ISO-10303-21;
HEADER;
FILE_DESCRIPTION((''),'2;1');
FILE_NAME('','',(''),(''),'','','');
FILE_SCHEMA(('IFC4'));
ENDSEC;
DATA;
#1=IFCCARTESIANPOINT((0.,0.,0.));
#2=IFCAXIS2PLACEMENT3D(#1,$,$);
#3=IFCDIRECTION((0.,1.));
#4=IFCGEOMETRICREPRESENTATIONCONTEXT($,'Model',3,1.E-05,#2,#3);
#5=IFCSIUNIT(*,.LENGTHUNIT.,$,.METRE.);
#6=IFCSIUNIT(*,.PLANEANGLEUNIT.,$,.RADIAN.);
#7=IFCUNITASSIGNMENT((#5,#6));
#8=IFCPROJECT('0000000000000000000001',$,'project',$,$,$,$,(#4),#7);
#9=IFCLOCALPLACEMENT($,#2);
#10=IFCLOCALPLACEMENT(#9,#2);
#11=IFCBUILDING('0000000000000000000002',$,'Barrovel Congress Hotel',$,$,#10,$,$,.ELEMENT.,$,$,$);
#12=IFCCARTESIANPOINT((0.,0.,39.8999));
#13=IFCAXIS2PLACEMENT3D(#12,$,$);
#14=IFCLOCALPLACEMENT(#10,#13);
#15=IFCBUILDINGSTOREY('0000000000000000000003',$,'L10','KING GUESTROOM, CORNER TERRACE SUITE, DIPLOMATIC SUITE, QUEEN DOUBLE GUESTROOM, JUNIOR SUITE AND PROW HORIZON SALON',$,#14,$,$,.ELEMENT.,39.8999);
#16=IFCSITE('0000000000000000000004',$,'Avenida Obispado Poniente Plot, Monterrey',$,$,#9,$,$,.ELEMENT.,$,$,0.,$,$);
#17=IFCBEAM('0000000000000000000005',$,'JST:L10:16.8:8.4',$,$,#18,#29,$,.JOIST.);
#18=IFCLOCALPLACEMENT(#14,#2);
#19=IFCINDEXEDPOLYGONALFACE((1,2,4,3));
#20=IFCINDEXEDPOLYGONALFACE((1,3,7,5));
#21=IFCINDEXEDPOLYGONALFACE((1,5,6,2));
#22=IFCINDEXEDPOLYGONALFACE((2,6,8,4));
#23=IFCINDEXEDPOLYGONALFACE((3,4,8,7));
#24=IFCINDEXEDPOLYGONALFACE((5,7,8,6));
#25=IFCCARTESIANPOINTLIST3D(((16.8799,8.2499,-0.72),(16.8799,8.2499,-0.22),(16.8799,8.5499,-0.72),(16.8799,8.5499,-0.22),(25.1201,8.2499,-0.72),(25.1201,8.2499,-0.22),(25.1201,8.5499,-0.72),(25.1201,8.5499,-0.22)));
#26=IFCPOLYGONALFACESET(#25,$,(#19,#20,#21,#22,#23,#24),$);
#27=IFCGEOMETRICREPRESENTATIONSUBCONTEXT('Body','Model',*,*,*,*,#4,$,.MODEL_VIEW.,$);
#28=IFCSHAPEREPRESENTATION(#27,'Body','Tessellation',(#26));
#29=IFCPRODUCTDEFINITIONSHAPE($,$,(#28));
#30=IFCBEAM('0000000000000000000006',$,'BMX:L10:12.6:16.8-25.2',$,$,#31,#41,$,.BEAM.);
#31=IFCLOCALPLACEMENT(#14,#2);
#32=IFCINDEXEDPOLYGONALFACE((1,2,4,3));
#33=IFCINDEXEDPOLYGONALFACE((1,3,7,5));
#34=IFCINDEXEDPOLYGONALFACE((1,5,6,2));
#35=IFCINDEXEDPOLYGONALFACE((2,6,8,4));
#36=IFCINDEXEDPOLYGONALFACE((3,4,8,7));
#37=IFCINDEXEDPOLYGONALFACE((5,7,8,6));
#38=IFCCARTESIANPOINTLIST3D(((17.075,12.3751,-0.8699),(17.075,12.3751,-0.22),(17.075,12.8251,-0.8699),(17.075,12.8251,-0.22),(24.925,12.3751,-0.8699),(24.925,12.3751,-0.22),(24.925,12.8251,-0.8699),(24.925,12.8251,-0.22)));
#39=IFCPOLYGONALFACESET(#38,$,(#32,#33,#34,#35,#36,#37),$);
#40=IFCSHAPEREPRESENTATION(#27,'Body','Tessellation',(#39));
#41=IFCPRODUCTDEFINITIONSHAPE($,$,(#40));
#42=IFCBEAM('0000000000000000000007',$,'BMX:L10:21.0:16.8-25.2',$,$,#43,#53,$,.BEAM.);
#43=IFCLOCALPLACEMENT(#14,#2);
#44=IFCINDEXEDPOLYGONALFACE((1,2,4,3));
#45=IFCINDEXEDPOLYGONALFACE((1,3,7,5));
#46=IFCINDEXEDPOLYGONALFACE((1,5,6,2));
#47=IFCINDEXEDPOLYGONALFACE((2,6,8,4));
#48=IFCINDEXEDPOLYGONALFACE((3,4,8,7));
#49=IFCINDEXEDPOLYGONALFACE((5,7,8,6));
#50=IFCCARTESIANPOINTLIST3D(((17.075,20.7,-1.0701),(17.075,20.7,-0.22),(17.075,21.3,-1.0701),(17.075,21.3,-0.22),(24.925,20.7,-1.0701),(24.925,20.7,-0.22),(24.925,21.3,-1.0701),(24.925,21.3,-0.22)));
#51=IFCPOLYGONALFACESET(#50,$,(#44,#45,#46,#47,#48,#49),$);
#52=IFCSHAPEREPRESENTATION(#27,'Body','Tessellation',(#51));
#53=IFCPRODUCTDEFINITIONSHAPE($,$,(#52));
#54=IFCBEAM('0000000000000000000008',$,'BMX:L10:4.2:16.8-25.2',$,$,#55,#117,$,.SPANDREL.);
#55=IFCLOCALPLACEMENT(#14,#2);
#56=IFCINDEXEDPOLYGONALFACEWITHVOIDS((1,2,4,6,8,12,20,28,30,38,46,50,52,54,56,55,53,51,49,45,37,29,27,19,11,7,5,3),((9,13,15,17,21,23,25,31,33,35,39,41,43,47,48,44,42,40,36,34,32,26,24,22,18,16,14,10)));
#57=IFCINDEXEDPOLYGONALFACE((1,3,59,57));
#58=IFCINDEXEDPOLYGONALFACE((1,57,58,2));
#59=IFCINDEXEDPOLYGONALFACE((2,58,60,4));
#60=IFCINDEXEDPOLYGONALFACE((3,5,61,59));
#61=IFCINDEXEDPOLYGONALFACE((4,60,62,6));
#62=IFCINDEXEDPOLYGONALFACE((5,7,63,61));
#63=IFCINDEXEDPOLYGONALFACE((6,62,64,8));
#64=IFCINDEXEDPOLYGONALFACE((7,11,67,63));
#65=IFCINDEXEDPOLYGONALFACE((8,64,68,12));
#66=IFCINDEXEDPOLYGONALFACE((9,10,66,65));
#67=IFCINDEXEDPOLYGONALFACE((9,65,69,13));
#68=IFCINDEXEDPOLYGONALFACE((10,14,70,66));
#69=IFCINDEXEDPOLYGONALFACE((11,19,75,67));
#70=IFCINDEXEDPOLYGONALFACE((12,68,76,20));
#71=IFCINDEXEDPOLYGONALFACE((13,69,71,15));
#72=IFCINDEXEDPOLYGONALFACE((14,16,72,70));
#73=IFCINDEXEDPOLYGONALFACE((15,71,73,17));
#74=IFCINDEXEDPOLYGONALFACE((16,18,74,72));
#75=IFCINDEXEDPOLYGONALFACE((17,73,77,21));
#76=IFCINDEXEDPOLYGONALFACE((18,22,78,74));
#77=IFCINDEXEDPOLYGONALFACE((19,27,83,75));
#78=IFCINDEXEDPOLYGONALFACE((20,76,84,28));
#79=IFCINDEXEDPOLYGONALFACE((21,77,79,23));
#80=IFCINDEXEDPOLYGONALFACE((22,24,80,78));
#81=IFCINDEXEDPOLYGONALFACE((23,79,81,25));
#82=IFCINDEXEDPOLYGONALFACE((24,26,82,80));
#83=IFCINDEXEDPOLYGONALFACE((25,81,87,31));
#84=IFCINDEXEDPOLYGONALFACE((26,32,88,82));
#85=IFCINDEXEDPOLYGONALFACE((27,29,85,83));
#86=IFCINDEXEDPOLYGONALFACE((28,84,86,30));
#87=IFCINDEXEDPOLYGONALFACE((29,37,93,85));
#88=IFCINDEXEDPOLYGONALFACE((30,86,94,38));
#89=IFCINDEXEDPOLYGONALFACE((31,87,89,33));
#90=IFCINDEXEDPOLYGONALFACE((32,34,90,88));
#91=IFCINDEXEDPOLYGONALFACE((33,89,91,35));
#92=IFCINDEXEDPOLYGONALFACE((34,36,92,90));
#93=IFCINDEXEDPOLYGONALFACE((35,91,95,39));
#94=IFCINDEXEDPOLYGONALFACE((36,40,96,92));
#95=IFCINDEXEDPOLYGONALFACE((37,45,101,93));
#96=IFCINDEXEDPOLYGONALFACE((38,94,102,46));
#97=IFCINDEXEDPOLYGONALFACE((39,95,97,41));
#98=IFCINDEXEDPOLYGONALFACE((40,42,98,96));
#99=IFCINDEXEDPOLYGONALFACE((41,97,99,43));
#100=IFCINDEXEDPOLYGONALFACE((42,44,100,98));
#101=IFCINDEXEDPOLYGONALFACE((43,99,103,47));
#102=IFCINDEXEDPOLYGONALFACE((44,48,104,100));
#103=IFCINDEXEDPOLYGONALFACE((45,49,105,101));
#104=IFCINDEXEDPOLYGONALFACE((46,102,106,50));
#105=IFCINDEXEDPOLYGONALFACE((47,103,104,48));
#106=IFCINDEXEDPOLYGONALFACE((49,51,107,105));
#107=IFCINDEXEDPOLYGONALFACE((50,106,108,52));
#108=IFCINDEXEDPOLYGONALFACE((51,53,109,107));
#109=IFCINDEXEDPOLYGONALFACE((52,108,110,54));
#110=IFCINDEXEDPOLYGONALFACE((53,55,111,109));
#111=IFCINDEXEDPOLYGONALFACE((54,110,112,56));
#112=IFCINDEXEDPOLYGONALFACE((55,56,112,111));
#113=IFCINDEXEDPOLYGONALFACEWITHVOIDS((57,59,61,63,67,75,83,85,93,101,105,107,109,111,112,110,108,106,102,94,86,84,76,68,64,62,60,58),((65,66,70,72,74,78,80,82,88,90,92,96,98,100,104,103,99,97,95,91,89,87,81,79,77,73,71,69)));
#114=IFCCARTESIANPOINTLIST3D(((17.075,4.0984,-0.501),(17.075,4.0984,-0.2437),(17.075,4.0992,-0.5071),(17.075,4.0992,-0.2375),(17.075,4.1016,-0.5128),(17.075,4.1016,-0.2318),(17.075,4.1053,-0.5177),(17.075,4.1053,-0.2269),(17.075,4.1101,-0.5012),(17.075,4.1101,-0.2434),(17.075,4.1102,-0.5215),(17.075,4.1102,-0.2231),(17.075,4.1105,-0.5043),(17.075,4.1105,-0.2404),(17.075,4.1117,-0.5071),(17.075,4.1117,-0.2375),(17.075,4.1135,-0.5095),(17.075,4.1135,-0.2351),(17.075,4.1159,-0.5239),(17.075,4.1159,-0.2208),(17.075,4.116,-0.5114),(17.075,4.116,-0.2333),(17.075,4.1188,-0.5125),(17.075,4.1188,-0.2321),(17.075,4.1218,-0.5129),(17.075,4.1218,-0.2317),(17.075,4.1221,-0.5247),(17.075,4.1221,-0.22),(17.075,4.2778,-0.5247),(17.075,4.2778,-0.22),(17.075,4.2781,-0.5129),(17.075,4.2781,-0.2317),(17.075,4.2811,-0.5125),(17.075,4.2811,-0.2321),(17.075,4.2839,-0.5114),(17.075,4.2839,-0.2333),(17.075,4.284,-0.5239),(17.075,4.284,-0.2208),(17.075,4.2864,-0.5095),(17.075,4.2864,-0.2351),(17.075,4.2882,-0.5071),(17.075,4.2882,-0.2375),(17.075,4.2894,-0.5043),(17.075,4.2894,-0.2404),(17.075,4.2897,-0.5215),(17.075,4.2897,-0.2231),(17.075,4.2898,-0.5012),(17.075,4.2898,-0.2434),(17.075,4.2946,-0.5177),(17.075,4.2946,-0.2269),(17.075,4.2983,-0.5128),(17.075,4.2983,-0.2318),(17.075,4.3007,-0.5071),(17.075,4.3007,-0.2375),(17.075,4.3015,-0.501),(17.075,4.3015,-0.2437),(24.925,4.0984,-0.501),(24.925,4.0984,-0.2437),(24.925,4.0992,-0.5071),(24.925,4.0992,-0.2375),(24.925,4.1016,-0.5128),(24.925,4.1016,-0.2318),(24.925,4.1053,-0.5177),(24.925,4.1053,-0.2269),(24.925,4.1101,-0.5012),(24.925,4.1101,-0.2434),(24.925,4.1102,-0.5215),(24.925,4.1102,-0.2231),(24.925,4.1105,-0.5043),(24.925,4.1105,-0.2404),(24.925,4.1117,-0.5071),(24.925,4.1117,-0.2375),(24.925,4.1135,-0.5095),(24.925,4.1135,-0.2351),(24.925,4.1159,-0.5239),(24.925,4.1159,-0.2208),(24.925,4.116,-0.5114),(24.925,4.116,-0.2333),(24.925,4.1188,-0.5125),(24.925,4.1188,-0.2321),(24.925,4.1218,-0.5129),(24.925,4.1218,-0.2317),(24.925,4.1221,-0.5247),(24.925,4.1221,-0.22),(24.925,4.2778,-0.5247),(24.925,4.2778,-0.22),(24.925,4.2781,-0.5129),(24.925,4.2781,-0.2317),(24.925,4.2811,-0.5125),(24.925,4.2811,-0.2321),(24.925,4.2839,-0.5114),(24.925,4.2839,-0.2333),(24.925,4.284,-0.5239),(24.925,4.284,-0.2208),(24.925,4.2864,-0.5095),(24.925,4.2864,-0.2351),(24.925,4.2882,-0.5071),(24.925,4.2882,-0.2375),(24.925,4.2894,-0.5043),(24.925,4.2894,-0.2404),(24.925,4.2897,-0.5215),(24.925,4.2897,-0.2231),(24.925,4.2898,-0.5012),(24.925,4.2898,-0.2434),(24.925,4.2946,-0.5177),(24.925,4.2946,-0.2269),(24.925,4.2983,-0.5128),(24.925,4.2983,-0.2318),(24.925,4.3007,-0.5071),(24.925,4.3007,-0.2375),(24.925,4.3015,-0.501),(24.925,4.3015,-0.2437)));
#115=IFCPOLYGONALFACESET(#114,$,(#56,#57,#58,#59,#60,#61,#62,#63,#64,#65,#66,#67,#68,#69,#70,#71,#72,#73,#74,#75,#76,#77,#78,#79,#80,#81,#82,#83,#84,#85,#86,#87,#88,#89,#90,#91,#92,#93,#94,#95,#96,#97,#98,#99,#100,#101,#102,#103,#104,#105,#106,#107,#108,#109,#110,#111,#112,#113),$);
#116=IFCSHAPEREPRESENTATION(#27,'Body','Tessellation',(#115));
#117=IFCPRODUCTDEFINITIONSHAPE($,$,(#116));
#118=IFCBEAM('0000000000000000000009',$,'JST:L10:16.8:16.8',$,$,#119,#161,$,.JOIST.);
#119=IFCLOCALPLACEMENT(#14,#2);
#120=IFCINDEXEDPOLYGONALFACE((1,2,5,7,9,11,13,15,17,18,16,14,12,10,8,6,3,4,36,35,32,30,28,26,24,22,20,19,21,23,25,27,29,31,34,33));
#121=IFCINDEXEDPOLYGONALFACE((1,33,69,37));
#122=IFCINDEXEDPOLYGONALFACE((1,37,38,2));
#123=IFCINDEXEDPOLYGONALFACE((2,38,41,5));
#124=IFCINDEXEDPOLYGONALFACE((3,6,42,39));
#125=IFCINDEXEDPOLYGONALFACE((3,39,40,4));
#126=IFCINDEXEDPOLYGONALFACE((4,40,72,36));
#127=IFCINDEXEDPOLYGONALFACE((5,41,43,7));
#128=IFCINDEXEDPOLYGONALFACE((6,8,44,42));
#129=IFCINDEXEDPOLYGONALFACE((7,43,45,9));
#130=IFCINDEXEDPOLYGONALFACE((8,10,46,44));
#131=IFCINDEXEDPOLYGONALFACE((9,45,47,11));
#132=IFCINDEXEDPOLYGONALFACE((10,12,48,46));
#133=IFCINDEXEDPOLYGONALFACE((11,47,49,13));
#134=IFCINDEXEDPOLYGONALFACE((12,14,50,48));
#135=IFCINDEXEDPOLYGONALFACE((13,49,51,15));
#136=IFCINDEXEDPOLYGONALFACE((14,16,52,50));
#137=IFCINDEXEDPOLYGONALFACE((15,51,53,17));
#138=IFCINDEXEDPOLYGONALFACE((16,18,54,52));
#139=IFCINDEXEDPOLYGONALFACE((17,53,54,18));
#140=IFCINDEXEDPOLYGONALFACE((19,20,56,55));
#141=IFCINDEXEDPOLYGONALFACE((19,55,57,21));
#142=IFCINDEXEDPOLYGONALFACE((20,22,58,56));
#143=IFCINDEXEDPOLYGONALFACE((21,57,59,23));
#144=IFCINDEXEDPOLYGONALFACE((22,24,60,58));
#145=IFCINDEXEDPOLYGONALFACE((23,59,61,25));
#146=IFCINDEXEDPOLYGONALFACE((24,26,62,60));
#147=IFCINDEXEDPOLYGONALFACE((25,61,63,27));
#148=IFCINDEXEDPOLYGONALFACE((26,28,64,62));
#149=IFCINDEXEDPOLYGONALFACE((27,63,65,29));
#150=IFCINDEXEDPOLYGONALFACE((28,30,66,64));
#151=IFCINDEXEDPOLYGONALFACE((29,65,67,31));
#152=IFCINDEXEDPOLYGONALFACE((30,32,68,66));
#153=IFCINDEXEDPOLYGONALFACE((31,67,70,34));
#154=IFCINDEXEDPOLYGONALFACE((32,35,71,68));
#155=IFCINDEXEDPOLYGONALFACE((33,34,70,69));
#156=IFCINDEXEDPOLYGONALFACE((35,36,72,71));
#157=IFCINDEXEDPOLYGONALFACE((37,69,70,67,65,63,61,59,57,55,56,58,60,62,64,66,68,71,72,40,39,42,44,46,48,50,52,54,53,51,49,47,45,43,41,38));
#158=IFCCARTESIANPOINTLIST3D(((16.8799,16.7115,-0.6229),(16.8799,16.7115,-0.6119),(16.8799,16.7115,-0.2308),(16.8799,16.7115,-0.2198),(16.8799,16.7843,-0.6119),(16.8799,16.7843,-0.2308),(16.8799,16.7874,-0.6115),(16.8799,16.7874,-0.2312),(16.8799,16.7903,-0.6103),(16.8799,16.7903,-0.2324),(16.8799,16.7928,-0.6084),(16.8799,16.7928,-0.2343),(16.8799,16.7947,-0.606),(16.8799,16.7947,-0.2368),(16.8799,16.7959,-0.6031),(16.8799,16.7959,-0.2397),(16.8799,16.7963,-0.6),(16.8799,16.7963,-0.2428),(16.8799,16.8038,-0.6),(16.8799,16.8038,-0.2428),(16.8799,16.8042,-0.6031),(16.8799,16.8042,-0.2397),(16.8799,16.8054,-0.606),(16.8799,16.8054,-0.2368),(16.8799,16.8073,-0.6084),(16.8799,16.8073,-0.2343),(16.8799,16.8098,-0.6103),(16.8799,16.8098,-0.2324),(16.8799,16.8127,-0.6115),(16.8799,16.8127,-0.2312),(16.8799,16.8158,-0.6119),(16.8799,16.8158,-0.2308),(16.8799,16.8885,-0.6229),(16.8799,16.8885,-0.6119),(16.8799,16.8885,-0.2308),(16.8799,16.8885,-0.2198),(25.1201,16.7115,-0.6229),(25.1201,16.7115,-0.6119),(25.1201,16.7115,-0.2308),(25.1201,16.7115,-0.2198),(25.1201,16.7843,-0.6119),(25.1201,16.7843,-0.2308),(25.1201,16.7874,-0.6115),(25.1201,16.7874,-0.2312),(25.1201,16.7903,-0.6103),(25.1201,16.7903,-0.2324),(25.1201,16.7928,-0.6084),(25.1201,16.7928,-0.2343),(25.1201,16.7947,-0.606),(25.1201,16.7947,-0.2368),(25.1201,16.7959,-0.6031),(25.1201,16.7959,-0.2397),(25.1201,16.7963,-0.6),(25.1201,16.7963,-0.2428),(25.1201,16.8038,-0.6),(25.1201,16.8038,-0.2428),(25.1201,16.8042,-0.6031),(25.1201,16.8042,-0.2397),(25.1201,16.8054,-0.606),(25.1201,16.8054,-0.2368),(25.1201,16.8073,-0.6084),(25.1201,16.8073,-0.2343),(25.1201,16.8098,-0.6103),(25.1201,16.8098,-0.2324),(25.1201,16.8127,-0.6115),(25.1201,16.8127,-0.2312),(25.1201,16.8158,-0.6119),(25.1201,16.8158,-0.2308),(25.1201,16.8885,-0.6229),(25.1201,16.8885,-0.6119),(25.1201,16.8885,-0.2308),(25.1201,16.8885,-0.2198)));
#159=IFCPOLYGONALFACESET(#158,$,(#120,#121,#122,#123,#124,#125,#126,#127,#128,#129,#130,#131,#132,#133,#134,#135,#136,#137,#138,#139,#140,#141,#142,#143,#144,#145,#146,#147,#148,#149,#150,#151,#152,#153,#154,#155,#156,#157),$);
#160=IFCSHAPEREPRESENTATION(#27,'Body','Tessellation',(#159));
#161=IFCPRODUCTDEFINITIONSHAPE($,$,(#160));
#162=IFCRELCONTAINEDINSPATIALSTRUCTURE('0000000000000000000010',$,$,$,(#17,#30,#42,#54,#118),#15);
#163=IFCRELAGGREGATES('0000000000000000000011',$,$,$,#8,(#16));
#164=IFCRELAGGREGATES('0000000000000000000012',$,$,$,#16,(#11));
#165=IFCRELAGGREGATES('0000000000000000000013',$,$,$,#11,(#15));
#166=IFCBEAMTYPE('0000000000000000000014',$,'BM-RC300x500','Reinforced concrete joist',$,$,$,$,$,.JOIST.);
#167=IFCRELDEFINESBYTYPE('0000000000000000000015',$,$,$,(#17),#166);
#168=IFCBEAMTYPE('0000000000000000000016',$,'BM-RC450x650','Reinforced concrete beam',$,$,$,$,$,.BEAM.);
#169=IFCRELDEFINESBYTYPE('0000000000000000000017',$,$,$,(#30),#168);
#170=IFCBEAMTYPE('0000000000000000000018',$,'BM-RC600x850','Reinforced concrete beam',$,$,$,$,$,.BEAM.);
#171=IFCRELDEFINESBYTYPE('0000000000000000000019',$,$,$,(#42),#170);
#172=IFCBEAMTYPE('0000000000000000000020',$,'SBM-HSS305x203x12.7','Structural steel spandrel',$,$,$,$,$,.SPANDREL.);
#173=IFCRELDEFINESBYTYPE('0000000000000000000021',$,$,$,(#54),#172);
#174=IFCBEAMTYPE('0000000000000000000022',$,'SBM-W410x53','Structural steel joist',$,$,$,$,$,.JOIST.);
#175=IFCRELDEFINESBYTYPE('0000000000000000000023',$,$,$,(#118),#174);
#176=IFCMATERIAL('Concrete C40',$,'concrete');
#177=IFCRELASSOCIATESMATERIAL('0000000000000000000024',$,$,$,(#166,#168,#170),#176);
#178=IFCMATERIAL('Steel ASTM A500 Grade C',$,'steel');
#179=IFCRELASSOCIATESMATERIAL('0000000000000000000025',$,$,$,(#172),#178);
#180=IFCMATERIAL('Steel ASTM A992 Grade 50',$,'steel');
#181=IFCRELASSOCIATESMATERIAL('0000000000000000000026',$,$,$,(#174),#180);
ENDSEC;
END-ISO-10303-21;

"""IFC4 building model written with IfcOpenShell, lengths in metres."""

from ifc_helpers import new_model, si_unit, direction, frame, origin, origin_2d, place, context, subcontext, project, spatial, rectangle, hollow_rectangle, i_section, extrude, material, material_profile, profile_set, type_object, element, save


model = new_model("IFC4")

# Units and contexts
model_context = context("Model", 3, precision=1e-05, world=origin(), true_north=direction((0.0, 1.0)))
body_context = subcontext(model_context, "Body", "Model", "MODEL_VIEW")
ifc_project = project(units=[si_unit("LENGTHUNIT", "METRE"), si_unit("PLANEANGLEUNIT", "RADIAN")], contexts=[model_context])

# Site, building, storey
site_placement = place(None, origin())
site = spatial("IfcSite", under=ifc_project, at=site_placement, Name="Avenida Obispado Poniente Plot, Monterrey", CompositionType="ELEMENT", RefElevation=0.0)
building_placement = place(site_placement, origin())
building = spatial("IfcBuilding", under=site, at=building_placement, Name="Barrovel Congress Hotel", CompositionType="ELEMENT")
storey_placement = place(building_placement, frame((0.0, 0.0, 39.8999)))
storey = spatial("IfcBuildingStorey", under=building, at=storey_placement, Name="L10", Description="KING GUESTROOM, CORNER TERRACE SUITE, DIPLOMATIC SUITE, QUEEN DOUBLE GUESTROOM, JUNIOR SUITE AND PROW HORIZON SALON", CompositionType="ELEMENT", Elevation=39.8999)

# Beams
ifc_material_1 = material(Name="Concrete C40", Category="concrete")
ifc_material_profile_1 = material_profile(ifc_material_1, rectangle(XDim=0.3, YDim=0.5, at=origin_2d()), Name="RC300x500")
ifc_profile_set_1 = profile_set([ifc_material_profile_1], Name="Concrete C40")
beam_type_1 = type_object("IfcBeamType", Name="BM-RC300x500", Description="Reinforced concrete joist", PredefinedType="JOIST", material=ifc_profile_set_1)
beam_1_placement = place(storey_placement, frame((16.8799, 8.3999, -0.47), z_axis=(1.0, 0.0, 0.0), x_axis=(0.0, 1.0, 0.0)))
element("IfcBeam", 1, at=beam_1_placement, inside=storey, type_object=beam_type_1, Name="JST:L10:16.8:8.4", PredefinedType="JOIST", context=body_context, shape_type="SweptSolid", body=[
    extrude(rectangle(XDim=0.3, YDim=0.5, at=origin_2d()), origin(), (0.0, 0.0, 1.0), 8.2402),
])
ifc_material_profile_2 = material_profile(ifc_material_1, rectangle(XDim=0.45, YDim=0.6499, at=origin_2d()), Name="RC450x650")
ifc_profile_set_2 = profile_set([ifc_material_profile_2], Name="Concrete C40")
beam_type_2 = type_object("IfcBeamType", Name="BM-RC450x650", Description="Reinforced concrete beam", PredefinedType="BEAM", material=ifc_profile_set_2)
beam_2_placement = place(storey_placement, frame((17.075, 12.6001, -0.5449), z_axis=(1.0, 0.0, 0.0), x_axis=(0.0, 1.0, 0.0)))
element("IfcBeam", 2, at=beam_2_placement, inside=storey, type_object=beam_type_2, Name="BMX:L10:12.6:16.8-25.2", PredefinedType="BEAM", context=body_context, shape_type="SweptSolid", body=[
    extrude(rectangle(XDim=0.45, YDim=0.6499, at=origin_2d()), origin(), (0.0, 0.0, 1.0), 7.8501),
])
ifc_material_profile_3 = material_profile(ifc_material_1, rectangle(XDim=0.6001, YDim=0.8501, at=origin_2d()), Name="RC600x850")
ifc_profile_set_3 = profile_set([ifc_material_profile_3], Name="Concrete C40")
beam_type_3 = type_object("IfcBeamType", Name="BM-RC600x850", Description="Reinforced concrete beam", PredefinedType="BEAM", material=ifc_profile_set_3)
beam_3_placement = place(storey_placement, frame((17.075, 21.0, -0.645), z_axis=(1.0, 0.0, 0.0), x_axis=(0.0, 1.0, 0.0)))
element("IfcBeam", 3, at=beam_3_placement, inside=storey, type_object=beam_type_3, Name="BMX:L10:21.0:16.8-25.2", PredefinedType="BEAM", context=body_context, shape_type="SweptSolid", body=[
    extrude(rectangle(XDim=0.6001, YDim=0.8501, at=origin_2d()), origin(), (0.0, 0.0, 1.0), 7.8501),
])
ifc_material_2 = material(Name="Steel ASTM A500 Grade C", Category="steel")
ifc_material_profile_4 = material_profile(ifc_material_2, hollow_rectangle(XDim=0.2031, YDim=0.3047, WallThickness=0.0117, InnerFilletRadius=0.0117, OuterFilletRadius=0.0237, at=origin_2d()), Name="HSS305x203x12.7")
ifc_profile_set_4 = profile_set([ifc_material_profile_4], Name="Steel ASTM A500 Grade C")
beam_type_4 = type_object("IfcBeamType", Name="SBM-HSS305x203x12.7", Description="Structural steel spandrel", PredefinedType="SPANDREL", material=ifc_profile_set_4)
beam_4_placement = place(storey_placement, frame((17.075, 4.2, -0.3723), z_axis=(1.0, 0.0, 0.0), x_axis=(0.0, 1.0, 0.0)))
element("IfcBeam", 4, at=beam_4_placement, inside=storey, type_object=beam_type_4, Name="BMX:L10:4.2:16.8-25.2", PredefinedType="SPANDREL", context=body_context, shape_type="SweptSolid", body=[
    extrude(hollow_rectangle(XDim=0.2031, YDim=0.3047, WallThickness=0.0117, InnerFilletRadius=0.0117, OuterFilletRadius=0.0237, at=origin_2d()), origin(), (0.0, 0.0, 1.0), 7.8501),
])
ifc_material_3 = material(Name="Steel ASTM A992 Grade 50", Category="steel")
ifc_material_profile_5 = material_profile(ifc_material_3, i_section(OverallWidth=0.177, OverallDepth=0.4031, WebThickness=0.0076, FlangeThickness=0.011, FilletRadius=0.012, at=origin_2d()), Name="W410x53")
ifc_profile_set_5 = profile_set([ifc_material_profile_5], Name="Steel ASTM A992 Grade 50")
beam_type_5 = type_object("IfcBeamType", Name="SBM-W410x53", Description="Structural steel joist", PredefinedType="JOIST", material=ifc_profile_set_5)
beam_5_placement = place(storey_placement, frame((16.8799, 16.8, -0.4214), z_axis=(1.0, 0.0, 0.0), x_axis=(0.0, 1.0, 0.0)))
element("IfcBeam", 5, at=beam_5_placement, inside=storey, type_object=beam_type_5, Name="JST:L10:16.8:16.8", PredefinedType="JOIST", context=body_context, shape_type="SweptSolid", body=[
    extrude(i_section(OverallWidth=0.177, OverallDepth=0.4031, WebThickness=0.0076, FlangeThickness=0.011, FilletRadius=0.012, at=origin_2d()), origin(), (0.0, 0.0, 1.0), 8.2402),
])

save(model, "model.ifc")
